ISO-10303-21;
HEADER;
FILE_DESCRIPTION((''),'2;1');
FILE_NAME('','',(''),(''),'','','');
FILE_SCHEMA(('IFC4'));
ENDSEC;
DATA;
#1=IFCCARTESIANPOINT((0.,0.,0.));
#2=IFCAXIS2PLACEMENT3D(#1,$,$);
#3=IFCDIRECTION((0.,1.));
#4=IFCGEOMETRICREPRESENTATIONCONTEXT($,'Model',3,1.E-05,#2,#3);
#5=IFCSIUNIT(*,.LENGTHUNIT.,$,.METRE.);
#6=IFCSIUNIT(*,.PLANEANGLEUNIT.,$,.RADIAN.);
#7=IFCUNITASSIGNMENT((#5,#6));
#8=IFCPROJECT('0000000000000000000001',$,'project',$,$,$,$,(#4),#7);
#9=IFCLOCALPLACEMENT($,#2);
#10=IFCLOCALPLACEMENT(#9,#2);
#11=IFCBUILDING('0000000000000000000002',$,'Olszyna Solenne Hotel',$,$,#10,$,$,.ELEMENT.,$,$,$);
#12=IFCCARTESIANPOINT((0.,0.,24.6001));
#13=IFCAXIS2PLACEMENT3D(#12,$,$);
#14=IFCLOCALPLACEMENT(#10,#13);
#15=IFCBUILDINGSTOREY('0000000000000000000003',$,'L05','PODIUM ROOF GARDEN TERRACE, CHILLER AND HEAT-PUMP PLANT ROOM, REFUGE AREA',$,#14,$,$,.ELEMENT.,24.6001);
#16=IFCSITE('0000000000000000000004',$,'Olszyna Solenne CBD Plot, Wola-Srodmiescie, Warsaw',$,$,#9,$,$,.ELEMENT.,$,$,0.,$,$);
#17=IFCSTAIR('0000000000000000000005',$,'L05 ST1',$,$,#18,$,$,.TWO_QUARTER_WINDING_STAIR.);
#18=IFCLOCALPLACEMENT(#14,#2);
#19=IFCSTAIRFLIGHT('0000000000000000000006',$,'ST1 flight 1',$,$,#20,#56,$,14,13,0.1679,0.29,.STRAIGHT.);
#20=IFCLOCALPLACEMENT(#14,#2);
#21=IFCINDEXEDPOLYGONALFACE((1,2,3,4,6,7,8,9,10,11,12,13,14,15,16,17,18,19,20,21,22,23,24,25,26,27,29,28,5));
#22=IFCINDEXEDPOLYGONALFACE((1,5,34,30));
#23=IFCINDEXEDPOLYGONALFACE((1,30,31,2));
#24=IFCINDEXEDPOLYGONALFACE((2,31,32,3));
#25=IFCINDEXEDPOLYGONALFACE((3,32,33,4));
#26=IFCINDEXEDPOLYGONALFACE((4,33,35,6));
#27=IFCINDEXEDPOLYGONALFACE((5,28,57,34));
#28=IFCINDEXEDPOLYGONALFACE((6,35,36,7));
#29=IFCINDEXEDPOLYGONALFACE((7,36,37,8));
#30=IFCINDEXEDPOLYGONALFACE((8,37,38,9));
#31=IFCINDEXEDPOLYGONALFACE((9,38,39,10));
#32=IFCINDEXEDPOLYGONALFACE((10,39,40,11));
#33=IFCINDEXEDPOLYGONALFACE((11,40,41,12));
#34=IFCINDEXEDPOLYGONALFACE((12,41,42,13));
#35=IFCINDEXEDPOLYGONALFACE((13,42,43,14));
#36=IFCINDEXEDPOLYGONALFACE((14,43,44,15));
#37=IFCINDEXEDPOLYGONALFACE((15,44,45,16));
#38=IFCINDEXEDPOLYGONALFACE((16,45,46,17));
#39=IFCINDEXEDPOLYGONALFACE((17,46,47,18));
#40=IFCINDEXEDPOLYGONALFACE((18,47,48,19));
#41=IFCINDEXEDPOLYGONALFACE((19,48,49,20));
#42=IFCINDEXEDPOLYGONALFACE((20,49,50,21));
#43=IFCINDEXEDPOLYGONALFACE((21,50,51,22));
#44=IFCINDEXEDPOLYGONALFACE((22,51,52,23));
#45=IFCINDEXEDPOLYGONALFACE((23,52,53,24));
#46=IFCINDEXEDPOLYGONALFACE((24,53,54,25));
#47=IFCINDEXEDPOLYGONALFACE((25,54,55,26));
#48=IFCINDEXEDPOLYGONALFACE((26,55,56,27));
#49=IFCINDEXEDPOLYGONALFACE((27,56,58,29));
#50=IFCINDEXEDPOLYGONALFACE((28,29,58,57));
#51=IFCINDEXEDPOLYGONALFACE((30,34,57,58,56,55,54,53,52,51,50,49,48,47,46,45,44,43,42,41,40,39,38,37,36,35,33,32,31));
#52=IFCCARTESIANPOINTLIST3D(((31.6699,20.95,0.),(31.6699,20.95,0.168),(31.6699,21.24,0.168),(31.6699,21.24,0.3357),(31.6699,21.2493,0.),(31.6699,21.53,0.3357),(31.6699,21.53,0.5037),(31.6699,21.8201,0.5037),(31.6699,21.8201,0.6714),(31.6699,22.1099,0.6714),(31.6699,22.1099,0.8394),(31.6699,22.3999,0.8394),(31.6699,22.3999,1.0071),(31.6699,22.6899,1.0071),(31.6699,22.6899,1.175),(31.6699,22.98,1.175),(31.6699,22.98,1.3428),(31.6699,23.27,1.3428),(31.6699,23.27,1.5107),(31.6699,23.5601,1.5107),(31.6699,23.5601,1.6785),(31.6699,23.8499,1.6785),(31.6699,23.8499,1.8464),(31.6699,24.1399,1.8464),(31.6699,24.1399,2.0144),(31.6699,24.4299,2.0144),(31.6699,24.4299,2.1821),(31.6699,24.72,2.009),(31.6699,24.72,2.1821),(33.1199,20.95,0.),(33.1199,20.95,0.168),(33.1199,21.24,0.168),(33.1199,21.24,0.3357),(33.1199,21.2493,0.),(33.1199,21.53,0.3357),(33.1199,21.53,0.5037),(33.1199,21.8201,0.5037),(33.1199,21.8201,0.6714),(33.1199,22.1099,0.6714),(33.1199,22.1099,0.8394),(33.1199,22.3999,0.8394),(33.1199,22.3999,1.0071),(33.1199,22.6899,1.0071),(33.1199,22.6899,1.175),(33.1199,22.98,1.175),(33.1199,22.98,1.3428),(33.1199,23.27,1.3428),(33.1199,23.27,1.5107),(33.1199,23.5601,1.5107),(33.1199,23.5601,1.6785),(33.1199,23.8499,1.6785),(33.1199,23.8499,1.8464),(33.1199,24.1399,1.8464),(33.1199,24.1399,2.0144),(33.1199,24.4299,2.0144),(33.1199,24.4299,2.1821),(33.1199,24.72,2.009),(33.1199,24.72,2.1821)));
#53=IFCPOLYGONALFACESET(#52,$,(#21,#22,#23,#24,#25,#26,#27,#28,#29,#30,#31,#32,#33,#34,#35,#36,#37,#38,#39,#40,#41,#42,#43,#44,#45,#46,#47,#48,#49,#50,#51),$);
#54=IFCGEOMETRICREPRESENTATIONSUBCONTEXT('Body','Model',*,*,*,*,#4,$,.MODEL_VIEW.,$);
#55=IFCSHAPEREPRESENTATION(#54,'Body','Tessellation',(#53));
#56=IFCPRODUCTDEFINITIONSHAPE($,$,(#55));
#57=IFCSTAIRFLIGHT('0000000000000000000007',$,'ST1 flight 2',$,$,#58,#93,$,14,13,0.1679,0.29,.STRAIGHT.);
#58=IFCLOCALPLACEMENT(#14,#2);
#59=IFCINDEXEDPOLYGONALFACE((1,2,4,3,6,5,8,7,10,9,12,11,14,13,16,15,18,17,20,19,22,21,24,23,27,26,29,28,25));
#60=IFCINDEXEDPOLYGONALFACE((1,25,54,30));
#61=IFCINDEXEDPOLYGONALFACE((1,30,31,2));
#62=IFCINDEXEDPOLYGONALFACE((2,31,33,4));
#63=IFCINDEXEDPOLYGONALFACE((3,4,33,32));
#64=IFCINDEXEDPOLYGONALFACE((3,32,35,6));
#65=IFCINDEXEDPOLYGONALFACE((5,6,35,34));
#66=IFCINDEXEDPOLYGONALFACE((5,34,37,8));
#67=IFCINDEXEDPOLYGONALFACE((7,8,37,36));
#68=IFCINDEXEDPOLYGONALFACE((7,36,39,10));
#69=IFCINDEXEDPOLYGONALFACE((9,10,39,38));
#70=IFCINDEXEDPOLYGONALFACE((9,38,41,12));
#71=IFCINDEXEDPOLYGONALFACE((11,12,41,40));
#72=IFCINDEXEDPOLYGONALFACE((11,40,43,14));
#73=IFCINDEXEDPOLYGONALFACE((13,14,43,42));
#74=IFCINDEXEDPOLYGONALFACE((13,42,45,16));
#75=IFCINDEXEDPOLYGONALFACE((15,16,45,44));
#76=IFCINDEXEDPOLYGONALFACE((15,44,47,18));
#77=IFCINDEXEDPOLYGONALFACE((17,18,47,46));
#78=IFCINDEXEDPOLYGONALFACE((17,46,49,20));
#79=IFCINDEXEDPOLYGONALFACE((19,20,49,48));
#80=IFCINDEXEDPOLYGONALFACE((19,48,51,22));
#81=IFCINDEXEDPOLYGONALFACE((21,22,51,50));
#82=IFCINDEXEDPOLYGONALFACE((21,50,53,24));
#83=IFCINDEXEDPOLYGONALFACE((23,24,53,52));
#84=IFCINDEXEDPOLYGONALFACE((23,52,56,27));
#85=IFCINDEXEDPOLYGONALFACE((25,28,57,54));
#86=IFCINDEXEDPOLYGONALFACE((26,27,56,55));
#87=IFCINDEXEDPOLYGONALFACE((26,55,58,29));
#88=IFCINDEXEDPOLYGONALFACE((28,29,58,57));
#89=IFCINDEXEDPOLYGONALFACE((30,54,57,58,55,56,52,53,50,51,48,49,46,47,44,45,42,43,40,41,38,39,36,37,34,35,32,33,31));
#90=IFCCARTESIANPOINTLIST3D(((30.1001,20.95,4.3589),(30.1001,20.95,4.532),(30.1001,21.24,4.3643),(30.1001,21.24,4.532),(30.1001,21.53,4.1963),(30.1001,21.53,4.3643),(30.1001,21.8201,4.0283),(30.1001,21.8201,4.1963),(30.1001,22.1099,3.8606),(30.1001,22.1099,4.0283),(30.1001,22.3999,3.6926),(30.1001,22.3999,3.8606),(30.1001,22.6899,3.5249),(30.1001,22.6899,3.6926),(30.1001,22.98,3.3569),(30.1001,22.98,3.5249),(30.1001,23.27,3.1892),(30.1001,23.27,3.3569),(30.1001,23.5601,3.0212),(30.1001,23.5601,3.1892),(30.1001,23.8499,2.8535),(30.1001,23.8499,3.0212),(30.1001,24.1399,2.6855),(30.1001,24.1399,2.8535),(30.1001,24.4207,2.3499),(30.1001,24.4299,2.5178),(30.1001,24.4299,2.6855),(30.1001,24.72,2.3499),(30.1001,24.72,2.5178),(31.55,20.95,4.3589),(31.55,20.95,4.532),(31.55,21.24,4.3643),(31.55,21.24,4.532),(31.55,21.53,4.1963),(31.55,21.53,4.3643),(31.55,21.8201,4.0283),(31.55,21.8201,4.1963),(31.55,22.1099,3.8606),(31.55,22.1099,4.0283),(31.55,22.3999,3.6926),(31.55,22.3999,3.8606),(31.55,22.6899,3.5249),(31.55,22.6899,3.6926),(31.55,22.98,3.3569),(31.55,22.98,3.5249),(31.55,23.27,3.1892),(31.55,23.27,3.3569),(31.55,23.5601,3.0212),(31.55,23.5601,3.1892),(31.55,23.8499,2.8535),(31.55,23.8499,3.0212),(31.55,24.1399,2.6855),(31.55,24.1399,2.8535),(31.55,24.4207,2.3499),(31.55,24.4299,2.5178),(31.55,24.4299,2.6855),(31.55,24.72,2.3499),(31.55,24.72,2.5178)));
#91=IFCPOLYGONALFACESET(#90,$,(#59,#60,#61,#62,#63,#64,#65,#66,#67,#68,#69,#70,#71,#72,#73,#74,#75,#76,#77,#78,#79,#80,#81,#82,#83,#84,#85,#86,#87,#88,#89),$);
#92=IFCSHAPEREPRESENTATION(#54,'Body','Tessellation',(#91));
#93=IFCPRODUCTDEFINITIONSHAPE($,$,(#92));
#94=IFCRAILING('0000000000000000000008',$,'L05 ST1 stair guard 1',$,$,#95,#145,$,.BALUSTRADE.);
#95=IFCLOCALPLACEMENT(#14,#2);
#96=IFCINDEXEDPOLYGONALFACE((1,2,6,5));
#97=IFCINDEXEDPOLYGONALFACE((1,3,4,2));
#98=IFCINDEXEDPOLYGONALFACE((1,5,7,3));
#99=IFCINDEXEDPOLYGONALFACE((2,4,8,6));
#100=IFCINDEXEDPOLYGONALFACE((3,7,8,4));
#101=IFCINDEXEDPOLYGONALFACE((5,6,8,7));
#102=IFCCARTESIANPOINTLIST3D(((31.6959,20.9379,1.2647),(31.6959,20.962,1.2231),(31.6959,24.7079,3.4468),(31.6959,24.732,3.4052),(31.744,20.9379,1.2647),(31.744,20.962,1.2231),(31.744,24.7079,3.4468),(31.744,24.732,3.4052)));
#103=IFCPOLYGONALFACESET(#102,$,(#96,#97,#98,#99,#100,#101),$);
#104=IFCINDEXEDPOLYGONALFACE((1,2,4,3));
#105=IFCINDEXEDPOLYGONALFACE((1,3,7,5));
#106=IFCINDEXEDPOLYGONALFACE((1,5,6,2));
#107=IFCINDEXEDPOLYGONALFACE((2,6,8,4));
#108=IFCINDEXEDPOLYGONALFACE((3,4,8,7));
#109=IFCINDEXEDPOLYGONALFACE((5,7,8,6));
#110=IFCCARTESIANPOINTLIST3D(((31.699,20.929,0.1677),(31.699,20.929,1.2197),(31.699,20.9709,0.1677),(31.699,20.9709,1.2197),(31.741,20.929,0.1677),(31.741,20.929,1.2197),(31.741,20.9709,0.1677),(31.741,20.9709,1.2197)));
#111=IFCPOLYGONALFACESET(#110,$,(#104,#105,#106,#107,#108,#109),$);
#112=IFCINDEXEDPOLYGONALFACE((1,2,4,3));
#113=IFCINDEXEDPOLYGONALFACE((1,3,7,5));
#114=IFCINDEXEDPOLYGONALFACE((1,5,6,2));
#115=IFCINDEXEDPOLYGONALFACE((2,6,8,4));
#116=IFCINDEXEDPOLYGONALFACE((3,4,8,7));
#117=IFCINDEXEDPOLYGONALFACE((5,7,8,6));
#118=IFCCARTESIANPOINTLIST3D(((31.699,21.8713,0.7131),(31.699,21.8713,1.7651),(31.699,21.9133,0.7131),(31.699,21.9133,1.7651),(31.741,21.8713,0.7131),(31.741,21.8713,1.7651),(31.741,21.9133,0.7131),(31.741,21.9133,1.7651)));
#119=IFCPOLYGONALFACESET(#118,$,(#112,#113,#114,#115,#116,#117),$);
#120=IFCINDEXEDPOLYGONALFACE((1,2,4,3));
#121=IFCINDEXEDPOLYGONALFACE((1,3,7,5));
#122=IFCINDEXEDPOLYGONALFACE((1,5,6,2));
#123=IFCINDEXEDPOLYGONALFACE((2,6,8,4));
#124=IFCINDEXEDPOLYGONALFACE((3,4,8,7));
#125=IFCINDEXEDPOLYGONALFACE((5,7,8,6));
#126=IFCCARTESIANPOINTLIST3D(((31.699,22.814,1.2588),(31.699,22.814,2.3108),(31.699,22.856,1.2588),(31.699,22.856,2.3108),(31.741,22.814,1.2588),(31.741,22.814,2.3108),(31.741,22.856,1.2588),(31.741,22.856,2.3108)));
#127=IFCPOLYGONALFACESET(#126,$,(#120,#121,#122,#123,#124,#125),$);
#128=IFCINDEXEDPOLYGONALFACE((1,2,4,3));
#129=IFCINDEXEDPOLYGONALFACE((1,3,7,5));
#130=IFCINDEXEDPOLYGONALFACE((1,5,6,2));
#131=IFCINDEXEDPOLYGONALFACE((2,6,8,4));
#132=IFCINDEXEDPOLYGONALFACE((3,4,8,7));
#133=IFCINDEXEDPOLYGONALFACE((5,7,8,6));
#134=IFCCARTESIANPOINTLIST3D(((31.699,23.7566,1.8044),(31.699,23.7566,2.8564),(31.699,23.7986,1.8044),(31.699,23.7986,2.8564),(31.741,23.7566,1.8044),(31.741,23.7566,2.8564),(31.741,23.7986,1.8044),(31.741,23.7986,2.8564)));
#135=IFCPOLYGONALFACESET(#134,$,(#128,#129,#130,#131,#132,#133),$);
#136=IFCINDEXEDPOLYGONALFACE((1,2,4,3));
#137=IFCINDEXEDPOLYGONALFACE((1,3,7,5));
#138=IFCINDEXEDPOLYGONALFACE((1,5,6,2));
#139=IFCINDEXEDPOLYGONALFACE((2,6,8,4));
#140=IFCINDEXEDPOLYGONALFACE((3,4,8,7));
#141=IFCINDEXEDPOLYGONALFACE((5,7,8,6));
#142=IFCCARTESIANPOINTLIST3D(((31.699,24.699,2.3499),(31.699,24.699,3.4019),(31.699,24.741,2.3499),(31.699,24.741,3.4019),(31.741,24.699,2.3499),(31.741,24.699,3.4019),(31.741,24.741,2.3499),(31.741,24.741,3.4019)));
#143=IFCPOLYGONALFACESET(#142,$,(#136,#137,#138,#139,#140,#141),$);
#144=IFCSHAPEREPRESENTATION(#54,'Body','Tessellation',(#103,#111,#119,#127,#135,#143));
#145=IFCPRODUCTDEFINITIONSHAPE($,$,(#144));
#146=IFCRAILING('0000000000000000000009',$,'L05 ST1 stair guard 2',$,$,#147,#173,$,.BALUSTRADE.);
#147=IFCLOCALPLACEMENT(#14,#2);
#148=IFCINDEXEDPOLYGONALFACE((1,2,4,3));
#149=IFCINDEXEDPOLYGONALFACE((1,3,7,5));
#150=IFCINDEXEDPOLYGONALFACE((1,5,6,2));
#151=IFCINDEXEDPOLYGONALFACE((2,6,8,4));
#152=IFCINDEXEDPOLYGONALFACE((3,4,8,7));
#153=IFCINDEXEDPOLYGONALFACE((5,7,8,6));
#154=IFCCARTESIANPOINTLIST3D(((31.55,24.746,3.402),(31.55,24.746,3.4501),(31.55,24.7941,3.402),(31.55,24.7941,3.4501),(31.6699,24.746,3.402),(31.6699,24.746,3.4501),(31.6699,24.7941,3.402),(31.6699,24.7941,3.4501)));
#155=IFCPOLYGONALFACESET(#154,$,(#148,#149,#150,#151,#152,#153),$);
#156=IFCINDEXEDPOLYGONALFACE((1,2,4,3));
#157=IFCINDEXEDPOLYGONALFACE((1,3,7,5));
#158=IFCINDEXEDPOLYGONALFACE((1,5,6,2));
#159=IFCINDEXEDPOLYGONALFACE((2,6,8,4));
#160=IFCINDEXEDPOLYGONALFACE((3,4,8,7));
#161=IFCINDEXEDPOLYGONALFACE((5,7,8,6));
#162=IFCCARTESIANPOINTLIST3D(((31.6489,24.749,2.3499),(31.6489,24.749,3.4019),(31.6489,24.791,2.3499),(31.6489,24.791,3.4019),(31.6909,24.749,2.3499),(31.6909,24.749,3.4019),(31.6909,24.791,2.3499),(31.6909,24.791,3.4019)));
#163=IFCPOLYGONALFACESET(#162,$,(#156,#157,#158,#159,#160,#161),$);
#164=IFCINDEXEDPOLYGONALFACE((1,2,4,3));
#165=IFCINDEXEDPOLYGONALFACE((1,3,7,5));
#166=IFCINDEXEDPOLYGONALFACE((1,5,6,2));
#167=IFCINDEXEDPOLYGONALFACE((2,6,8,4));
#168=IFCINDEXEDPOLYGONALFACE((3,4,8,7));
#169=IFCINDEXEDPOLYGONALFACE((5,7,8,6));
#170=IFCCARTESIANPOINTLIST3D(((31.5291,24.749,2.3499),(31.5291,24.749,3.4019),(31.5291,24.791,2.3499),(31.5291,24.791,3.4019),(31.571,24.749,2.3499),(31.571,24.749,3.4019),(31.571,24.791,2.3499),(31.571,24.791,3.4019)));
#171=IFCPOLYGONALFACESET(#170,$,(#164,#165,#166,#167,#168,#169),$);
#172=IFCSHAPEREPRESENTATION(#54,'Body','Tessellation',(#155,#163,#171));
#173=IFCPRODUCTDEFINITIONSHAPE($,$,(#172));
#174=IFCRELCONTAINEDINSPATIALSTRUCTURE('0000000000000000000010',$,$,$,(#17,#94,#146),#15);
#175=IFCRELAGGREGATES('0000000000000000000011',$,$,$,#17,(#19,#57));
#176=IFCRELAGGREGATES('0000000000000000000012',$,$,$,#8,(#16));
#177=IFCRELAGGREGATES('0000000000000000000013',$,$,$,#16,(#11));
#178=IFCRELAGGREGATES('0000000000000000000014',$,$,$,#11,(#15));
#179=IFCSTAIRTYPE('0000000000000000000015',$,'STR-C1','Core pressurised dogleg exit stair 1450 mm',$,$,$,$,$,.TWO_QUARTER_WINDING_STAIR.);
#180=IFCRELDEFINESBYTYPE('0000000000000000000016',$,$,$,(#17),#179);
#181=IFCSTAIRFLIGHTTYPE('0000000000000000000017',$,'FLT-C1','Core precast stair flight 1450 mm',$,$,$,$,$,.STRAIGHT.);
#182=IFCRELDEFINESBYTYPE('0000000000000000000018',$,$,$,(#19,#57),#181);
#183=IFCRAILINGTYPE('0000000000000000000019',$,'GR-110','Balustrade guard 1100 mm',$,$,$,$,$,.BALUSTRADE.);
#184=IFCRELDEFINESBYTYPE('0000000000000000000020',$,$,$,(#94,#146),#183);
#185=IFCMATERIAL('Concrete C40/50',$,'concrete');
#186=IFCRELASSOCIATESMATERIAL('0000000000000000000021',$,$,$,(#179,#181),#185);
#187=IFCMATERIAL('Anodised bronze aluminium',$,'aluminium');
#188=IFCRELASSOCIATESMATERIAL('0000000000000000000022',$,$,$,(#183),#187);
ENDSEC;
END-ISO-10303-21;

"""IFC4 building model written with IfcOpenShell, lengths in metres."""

from ifc_helpers import new_model, si_unit, direction, frame, origin, origin_2d, place, context, subcontext, project, spatial, polyline, rectangle, outline, extrude, material, type_object, element, aggregate, save


model = new_model("IFC4")

# Units and contexts
model_context = context("Model", 3, precision=1e-05, world=origin(), true_north=direction((0.0, 1.0)))
body_context = subcontext(model_context, "Body", "Model", "MODEL_VIEW")
ifc_project = project(units=[si_unit("LENGTHUNIT", "METRE"), si_unit("PLANEANGLEUNIT", "RADIAN")], contexts=[model_context])

# Site, building, storey
site_placement = place(None, origin())
site = spatial("IfcSite", under=ifc_project, at=site_placement, Name="Olszyna Solenne CBD Plot, Wola-Srodmiescie, Warsaw", CompositionType="ELEMENT", RefElevation=0.0)
building_placement = place(site_placement, origin())
building = spatial("IfcBuilding", under=site, at=building_placement, Name="Olszyna Solenne Hotel", CompositionType="ELEMENT")
storey_placement = place(building_placement, frame((0.0, 0.0, 24.6001)))
storey = spatial("IfcBuildingStorey", under=building, at=storey_placement, Name="L05", Description="PODIUM ROOF GARDEN TERRACE, CHILLER AND HEAT-PUMP PLANT ROOM, REFUGE AREA", CompositionType="ELEMENT", Elevation=24.6001)

# Stair, stair flights
ifc_material_1 = material(Name="Concrete C40/50", Category="concrete")
stair_type = type_object("IfcStairType", Name="STR-C1", Description="Core pressurised dogleg exit stair 1450 mm", PredefinedType="TWO_QUARTER_WINDING_STAIR", material=ifc_material_1)
stair_placement = place(storey_placement, origin())
stair = element("IfcStair", 1, at=stair_placement, inside=storey, type_object=stair_type, Name="L05 ST1", PredefinedType="TWO_QUARTER_WINDING_STAIR")
stair_flight_type = type_object("IfcStairFlightType", Name="FLT-C1", Description="Core precast stair flight 1450 mm", PredefinedType="STRAIGHT", material=ifc_material_1)
stair_flight_1_placement = place(storey_placement, frame((32.395, 20.95, 0.0), z_axis=(0.0, 0.0, 1.0), x_axis=(0.0, 1.0, 0.0)))
stair_flight_1 = element("IfcStairFlight", 2, at=stair_flight_1_placement, type_object=stair_flight_type, Name="ST1 flight 1", NumberOfRisers=14, NumberOfTreads=13, PredefinedType="STRAIGHT", RiserHeight=0.1679, TreadLength=0.29, context=body_context, shape_type="SweptSolid", body=[
    extrude(outline(polyline([(0.0, 0.0), (0.0, 0.168), (0.29, 0.168), (0.29, 0.3357), (0.5801, 0.3357), (0.5801, 0.5037), (0.8701, 0.5037), (0.8701, 0.6714), (1.1599, 0.6714), (1.1599, 0.8394), (1.45, 0.8394), (1.45, 1.0071), (1.74, 1.0071), (1.74, 1.175), (2.03, 1.175), (2.03, 1.3428), (2.3201, 1.3428), (2.3201, 1.5107), (2.6101, 1.5107), (2.6101, 1.6785), (2.8999, 1.6785), (2.8999, 1.8464), (3.1899, 1.8464), (3.1899, 2.0144), (3.48, 2.0144), (3.48, 2.1821), (3.77, 2.1821), (3.77, 2.3501), (3.77, 2.009), (0.2993, 0.0), (0.0, 0.0)])), frame((0.0, 0.7251, 0.0), z_axis=(0.0, -1.0, 0.0), x_axis=(1.0, 0.0, 0.0)), (0.0, 0.0, 1.0), 1.45),
])
stair_flight_2_placement = place(storey_placement, frame((30.825, 24.72, 2.3499), z_axis=(0.0, 0.0, 1.0), x_axis=(0.0, -1.0, 0.0)))
stair_flight_2 = element("IfcStairFlight", 3, at=stair_flight_2_placement, type_object=stair_flight_type, Name="ST1 flight 2", NumberOfRisers=14, NumberOfTreads=13, PredefinedType="STRAIGHT", RiserHeight=0.1679, TreadLength=0.29, context=body_context, shape_type="SweptSolid", body=[
    extrude(outline(polyline([(0.0, 0.0), (0.0, 0.168), (0.29, 0.168), (0.29, 0.3357), (0.5801, 0.3357), (0.5801, 0.5037), (0.8701, 0.5037), (0.8701, 0.6714), (1.1599, 0.6714), (1.1599, 0.8394), (1.45, 0.8394), (1.45, 1.0071), (1.74, 1.0071), (1.74, 1.175), (2.03, 1.175), (2.03, 1.3428), (2.3201, 1.3428), (2.3201, 1.5107), (2.6101, 1.5107), (2.6101, 1.6785), (2.8999, 1.6785), (2.8999, 1.8464), (3.1899, 1.8464), (3.1899, 2.0144), (3.48, 2.0144), (3.48, 2.1821), (3.77, 2.1821), (3.77, 2.3501), (3.77, 2.009), (0.2993, 0.0), (0.0, 0.0)])), frame((0.0, 0.7251, 0.0), z_axis=(0.0, -1.0, 0.0), x_axis=(1.0, 0.0, 0.0)), (0.0, 0.0, 1.0), 1.45),
])
aggregate(stair, [stair_flight_1, stair_flight_2])

# Railings
ifc_material_2 = material(Name="Anodised bronze aluminium", Category="aluminium")
railing_type_1 = type_object("IfcRailingType", Name="GR-110", Description="Balustrade guard 1100 mm", PredefinedType="BALUSTRADE", material=ifc_material_2)
railing_1_placement = place(storey_placement, frame((31.72, 20.95, 0.1677)))
element("IfcRailing", 4, at=railing_1_placement, inside=storey, type_object=railing_type_1, Name="L05 ST1 stair guard 1", PredefinedType="BALUSTRADE", context=body_context, shape_type="SweptSolid", body=[
    extrude(rectangle(XDim=0.0481, YDim=0.0481, at=origin_2d()), frame((0.0, 0.0, 1.0762), z_axis=(0.0, 0.865477, 0.500948), x_axis=(-1.0, 0.0, 0.0)), (0.0, 0.0, 1.0), 4.356),
    extrude(rectangle(XDim=0.042, YDim=0.042, at=origin_2d()), origin(), (0.0, 0.0, 1.0), 1.052),
    extrude(rectangle(XDim=0.042, YDim=0.042, at=origin_2d()), frame((0.0, 0.9424, 0.5454)), (0.0, 0.0, 1.0), 1.052),
    extrude(rectangle(XDim=0.042, YDim=0.042, at=origin_2d()), frame((0.0, 1.885, 1.0911)), (0.0, 0.0, 1.0), 1.052),
    extrude(rectangle(XDim=0.042, YDim=0.042, at=origin_2d()), frame((0.0, 2.8276, 1.6367)), (0.0, 0.0, 1.0), 1.052),
    extrude(rectangle(XDim=0.042, YDim=0.042, at=origin_2d()), frame((0.0, 3.77, 2.1821)), (0.0, 0.0, 1.0), 1.052),
])
railing_2_placement = place(storey_placement, frame((31.6699, 24.77, 2.3499)))
element("IfcRailing", 5, at=railing_2_placement, inside=storey, type_object=railing_type_1, Name="L05 ST1 stair guard 2", PredefinedType="BALUSTRADE", context=body_context, shape_type="SweptSolid", body=[
    extrude(rectangle(XDim=0.0481, YDim=0.0481, at=origin_2d()), frame((0.0, 0.0, 1.0762), z_axis=(-1.0, 0.0, 0.0), x_axis=(0.0, -1.0, 0.0)), (0.0, 0.0, 1.0), 0.1199),
    extrude(rectangle(XDim=0.042, YDim=0.042, at=origin_2d()), origin(), (0.0, 0.0, 1.0), 1.052),
    extrude(rectangle(XDim=0.042, YDim=0.042, at=origin_2d()), frame((-0.1199, 0.0, 0.0)), (0.0, 0.0, 1.0), 1.052),
])

save(model, "model.ifc")
